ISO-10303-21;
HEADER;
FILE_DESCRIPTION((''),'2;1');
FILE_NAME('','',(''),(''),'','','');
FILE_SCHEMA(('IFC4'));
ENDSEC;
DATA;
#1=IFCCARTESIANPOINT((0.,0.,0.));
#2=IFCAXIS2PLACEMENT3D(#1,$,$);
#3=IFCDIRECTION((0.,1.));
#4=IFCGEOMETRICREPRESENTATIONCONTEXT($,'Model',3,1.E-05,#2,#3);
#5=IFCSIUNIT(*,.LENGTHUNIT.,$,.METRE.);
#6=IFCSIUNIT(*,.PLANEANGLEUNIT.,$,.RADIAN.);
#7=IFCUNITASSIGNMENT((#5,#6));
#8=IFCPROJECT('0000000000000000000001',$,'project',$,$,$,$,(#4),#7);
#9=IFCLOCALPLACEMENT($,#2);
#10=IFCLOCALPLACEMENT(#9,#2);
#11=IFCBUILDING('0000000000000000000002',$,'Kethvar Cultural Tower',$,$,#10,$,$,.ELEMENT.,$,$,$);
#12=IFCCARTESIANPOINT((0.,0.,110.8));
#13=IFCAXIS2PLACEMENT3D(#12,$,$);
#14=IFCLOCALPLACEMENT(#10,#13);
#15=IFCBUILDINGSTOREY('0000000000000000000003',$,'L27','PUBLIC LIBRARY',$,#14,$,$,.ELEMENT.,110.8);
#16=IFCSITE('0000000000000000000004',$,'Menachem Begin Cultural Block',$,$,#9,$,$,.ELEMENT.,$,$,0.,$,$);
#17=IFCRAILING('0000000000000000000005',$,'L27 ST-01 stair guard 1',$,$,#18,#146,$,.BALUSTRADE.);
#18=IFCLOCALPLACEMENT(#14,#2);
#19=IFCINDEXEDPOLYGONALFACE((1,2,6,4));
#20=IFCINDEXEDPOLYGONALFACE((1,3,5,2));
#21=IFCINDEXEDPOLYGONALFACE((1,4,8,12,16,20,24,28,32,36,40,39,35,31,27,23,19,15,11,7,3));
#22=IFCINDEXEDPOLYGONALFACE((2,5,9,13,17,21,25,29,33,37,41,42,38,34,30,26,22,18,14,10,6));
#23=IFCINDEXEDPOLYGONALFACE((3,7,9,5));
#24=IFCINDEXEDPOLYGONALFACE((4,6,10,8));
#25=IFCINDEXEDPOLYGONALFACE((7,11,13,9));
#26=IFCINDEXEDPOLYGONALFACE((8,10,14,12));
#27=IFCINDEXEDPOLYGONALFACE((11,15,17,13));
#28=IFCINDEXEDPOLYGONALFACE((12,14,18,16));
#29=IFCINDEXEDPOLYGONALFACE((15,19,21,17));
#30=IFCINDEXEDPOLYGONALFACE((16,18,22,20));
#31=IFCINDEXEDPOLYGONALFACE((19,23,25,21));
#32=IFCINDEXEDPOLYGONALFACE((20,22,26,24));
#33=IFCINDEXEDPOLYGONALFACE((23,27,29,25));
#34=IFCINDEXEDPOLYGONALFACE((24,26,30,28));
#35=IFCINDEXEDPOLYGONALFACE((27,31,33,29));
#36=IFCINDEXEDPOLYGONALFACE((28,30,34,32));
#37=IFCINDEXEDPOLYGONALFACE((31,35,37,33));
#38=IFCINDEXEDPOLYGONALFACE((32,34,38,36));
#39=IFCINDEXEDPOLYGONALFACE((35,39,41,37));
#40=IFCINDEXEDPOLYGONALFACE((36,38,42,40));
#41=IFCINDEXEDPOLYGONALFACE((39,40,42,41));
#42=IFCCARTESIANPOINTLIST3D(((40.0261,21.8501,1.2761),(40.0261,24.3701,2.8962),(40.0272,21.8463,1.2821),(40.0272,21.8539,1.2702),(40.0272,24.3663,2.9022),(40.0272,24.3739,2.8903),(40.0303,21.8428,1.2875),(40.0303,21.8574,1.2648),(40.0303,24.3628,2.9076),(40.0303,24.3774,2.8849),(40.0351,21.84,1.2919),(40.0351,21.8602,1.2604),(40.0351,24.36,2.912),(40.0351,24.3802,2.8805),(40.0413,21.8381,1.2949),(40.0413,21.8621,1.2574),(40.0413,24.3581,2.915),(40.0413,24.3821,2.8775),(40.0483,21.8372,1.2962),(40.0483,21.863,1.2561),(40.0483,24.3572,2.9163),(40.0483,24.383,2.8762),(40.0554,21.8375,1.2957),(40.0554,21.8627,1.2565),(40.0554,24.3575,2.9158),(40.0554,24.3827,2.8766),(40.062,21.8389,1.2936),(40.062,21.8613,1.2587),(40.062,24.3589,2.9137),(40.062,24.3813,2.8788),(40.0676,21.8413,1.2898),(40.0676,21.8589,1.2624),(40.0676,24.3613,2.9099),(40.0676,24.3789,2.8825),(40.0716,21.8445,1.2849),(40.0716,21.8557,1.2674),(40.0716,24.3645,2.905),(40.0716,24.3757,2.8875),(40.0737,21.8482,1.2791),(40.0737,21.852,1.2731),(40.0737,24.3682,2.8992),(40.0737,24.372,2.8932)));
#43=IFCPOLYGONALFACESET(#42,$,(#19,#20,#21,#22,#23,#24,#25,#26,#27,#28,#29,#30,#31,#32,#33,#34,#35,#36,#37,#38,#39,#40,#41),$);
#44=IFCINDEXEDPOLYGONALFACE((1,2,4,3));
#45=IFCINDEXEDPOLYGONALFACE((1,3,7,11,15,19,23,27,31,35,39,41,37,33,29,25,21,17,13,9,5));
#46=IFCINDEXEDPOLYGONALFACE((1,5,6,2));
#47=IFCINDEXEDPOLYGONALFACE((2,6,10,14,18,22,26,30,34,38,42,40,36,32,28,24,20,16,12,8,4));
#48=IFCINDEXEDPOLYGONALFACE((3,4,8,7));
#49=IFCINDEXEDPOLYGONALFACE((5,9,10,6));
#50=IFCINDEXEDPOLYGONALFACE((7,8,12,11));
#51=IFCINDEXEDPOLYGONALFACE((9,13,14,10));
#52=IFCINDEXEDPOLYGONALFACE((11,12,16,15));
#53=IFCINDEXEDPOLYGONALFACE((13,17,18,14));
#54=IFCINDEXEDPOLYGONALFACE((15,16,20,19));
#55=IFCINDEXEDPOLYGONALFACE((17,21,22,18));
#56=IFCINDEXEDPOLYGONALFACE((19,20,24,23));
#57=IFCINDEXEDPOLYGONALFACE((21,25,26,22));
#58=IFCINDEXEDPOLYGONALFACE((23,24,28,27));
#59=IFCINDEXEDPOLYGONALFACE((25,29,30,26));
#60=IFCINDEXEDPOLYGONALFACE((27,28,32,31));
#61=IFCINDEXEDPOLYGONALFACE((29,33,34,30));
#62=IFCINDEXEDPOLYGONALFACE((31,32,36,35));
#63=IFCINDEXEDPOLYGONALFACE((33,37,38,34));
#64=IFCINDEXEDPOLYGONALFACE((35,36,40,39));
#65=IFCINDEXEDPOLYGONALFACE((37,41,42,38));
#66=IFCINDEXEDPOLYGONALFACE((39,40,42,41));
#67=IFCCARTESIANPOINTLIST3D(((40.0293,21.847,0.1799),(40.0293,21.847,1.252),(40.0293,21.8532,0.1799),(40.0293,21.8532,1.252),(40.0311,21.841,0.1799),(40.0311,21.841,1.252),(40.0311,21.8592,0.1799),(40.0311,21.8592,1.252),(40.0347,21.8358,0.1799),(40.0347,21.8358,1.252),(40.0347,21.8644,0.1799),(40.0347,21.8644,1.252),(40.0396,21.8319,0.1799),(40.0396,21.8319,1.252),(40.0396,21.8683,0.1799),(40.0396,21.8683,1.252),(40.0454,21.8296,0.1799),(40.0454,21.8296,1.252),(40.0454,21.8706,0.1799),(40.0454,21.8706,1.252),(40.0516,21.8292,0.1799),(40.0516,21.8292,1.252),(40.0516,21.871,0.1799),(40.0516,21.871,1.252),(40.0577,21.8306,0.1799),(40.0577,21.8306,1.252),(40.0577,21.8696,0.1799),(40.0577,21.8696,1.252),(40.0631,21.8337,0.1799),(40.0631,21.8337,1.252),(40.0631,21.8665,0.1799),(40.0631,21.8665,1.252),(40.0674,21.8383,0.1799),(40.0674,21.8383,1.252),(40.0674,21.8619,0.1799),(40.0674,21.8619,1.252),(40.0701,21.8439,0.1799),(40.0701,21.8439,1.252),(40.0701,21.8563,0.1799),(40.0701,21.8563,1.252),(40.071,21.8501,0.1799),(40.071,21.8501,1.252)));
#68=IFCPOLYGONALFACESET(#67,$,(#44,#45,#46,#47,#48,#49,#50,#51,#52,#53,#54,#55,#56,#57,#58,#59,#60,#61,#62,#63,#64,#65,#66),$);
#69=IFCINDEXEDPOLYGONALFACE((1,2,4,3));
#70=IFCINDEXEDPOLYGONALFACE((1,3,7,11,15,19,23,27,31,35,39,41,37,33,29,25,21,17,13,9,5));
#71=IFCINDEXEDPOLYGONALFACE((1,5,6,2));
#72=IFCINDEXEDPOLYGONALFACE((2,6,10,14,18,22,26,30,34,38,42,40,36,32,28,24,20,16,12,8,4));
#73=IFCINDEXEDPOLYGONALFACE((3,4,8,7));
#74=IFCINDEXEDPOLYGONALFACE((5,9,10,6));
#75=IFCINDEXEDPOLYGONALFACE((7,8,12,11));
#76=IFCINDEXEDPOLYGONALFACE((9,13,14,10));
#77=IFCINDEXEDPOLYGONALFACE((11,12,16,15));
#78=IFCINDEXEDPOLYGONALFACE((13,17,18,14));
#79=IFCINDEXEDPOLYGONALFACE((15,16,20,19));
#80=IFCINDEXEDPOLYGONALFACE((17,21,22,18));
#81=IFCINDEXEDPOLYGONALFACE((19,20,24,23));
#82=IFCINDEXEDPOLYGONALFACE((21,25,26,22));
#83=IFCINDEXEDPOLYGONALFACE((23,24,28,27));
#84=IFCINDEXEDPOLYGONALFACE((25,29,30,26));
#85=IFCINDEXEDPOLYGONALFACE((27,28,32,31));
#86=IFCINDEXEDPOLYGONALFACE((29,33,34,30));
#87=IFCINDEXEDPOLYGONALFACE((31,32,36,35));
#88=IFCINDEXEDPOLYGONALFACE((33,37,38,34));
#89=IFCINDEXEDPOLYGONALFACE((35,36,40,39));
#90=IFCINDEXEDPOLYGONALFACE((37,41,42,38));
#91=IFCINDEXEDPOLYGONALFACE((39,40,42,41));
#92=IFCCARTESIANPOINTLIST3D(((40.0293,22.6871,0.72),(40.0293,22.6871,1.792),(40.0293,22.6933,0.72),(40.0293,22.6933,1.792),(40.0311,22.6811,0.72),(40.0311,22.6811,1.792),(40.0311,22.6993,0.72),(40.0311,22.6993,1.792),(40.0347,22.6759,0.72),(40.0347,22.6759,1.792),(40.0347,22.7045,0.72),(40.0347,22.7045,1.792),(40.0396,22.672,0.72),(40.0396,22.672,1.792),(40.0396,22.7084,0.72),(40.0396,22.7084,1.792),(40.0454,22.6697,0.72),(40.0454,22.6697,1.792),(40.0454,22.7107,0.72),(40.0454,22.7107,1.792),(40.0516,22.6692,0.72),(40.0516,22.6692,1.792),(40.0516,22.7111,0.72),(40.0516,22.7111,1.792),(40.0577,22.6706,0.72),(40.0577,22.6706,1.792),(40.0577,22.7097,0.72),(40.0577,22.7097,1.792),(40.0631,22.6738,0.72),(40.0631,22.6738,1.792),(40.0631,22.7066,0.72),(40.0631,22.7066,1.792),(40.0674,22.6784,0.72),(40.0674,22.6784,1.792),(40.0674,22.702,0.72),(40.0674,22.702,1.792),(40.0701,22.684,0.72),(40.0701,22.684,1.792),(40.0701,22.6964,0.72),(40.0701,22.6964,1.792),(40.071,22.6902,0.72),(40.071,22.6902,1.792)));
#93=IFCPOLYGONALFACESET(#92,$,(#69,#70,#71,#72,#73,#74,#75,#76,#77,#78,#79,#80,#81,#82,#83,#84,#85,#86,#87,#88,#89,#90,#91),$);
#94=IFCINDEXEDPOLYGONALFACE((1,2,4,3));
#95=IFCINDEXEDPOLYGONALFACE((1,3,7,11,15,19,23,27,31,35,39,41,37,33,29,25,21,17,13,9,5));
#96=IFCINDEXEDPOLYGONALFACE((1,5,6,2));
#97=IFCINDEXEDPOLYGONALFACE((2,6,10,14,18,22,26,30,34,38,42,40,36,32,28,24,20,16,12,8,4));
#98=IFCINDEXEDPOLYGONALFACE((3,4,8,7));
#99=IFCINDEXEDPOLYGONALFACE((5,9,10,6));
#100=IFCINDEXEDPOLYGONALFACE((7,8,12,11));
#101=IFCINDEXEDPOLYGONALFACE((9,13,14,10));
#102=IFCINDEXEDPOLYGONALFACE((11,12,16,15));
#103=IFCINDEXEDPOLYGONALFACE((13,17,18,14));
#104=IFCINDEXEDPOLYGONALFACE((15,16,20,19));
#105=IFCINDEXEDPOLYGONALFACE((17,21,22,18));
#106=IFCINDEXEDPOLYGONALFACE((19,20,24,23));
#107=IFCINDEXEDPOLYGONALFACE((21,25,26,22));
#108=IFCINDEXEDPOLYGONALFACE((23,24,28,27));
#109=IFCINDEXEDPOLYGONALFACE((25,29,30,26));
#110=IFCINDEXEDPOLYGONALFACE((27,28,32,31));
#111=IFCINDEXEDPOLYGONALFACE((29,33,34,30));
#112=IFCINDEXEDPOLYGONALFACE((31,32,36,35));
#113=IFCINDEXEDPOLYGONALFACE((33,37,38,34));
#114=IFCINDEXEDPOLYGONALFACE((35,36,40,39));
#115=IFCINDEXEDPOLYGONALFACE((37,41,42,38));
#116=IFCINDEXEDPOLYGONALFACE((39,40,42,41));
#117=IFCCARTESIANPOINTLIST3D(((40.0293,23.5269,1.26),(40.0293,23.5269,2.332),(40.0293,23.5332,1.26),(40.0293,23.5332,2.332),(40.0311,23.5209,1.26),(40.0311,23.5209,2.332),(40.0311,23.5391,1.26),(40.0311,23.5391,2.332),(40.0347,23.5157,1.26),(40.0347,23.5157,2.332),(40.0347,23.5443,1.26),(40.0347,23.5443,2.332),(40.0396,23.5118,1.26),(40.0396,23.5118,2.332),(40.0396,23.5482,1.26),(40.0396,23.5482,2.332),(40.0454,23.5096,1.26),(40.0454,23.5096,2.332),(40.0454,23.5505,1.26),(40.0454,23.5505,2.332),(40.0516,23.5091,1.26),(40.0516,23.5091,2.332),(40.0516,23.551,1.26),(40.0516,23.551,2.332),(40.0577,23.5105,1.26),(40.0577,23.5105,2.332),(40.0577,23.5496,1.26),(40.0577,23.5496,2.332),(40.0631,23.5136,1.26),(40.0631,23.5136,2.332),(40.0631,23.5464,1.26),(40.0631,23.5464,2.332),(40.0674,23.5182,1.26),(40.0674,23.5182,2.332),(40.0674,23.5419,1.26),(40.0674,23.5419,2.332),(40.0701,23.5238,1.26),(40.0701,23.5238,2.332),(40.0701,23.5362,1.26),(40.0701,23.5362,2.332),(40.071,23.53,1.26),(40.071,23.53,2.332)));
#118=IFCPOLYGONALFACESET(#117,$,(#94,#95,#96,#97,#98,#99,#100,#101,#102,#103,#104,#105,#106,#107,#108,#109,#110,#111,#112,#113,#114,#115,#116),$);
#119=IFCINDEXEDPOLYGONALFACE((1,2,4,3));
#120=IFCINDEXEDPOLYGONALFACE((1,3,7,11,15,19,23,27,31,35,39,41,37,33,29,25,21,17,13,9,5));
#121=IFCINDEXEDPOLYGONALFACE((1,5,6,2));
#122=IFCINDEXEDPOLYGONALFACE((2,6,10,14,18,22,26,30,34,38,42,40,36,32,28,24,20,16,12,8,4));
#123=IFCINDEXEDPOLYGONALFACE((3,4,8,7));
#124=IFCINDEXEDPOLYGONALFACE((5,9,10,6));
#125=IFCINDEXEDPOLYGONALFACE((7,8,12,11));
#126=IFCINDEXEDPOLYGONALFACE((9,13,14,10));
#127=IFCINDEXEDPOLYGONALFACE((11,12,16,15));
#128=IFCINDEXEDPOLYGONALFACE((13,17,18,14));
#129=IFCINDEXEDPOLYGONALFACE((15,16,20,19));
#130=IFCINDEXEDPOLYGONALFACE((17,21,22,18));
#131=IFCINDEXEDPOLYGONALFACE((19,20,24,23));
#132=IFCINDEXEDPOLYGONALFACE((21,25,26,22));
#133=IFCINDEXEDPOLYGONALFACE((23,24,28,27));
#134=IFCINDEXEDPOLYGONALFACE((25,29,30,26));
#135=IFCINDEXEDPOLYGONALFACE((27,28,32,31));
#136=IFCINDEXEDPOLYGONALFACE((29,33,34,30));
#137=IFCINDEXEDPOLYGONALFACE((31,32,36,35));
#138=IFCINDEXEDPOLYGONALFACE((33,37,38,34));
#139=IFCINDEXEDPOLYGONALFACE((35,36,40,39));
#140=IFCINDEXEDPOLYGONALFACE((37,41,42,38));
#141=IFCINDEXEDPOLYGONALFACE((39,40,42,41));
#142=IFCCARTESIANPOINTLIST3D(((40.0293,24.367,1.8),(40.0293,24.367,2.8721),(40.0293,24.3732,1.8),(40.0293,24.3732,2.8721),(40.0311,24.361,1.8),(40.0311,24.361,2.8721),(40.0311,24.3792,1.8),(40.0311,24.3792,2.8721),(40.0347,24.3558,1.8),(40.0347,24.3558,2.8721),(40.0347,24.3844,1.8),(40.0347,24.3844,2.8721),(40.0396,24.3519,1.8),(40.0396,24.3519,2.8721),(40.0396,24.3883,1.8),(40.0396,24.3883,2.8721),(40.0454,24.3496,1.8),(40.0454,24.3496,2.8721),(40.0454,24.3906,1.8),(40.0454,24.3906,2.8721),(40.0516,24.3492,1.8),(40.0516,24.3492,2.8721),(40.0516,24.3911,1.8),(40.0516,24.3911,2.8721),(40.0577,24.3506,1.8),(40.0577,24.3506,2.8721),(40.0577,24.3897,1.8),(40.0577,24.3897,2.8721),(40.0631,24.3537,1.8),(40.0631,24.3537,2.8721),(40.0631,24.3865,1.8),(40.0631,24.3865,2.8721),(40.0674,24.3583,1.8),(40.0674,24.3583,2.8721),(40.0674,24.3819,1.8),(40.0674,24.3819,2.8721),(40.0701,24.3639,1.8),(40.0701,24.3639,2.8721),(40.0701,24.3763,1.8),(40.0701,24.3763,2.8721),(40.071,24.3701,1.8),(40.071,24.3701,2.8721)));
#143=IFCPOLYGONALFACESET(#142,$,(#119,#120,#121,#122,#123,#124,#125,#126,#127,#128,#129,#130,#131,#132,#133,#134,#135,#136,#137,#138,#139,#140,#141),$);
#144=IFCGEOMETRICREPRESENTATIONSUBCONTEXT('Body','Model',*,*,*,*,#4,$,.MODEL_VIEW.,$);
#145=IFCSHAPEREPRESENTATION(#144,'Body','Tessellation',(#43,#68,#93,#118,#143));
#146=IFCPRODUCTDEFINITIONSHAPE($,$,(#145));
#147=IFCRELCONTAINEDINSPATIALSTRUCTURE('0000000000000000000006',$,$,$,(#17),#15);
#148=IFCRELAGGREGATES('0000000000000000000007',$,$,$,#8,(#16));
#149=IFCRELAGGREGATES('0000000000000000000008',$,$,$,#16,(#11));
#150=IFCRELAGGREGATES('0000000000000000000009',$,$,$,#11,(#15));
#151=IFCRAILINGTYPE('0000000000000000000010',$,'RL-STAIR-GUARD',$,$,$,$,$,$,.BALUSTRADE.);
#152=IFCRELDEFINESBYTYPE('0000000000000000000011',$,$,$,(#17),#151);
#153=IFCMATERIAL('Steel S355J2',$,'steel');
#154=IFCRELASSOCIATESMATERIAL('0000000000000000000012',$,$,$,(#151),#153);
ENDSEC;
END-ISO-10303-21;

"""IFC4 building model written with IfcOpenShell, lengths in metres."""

from ifc_helpers import new_model, si_unit, direction, frame, origin, origin_2d, place, context, subcontext, project, spatial, circle, extrude, material, type_object, element, save


model = new_model("IFC4")

# Units and contexts
model_context = context("Model", 3, precision=1e-05, world=origin(), true_north=direction((0.0, 1.0)))
body_context = subcontext(model_context, "Body", "Model", "MODEL_VIEW")
ifc_project = project(units=[si_unit("LENGTHUNIT", "METRE"), si_unit("PLANEANGLEUNIT", "RADIAN")], contexts=[model_context])

# Site, building, storey
site_placement = place(None, origin())
site = spatial("IfcSite", under=ifc_project, at=site_placement, Name="Menachem Begin Cultural Block", CompositionType="ELEMENT", RefElevation=0.0)
building_placement = place(site_placement, origin())
building = spatial("IfcBuilding", under=site, at=building_placement, Name="Kethvar Cultural Tower", CompositionType="ELEMENT")
storey_placement = place(building_placement, frame((0.0, 0.0, 110.8)))
storey = spatial("IfcBuildingStorey", under=building, at=storey_placement, Name="L27", Description="PUBLIC LIBRARY", CompositionType="ELEMENT", Elevation=110.8)

# Shared definitions
ifc_material_1 = material(Name="Steel S355J2", Category="steel")

# Railing
railing_type_1 = type_object("IfcRailingType", Name="RL-STAIR-GUARD", PredefinedType="BALUSTRADE", material=ifc_material_1)
railing_1_placement = place(storey_placement, frame((40.05, 21.8501, 0.1799)))
element("IfcRailing", 1, at=railing_1_placement, inside=storey, type_object=railing_type_1, Name="L27 ST-01 stair guard 1", PredefinedType="BALUSTRADE", context=body_context, shape_type="SweptSolid", body=[
    extrude(circle(Radius=0.0239, at=origin_2d()), frame((0.0, 0.0, 1.0962), z_axis=(0.0, 0.841163, 0.540782), x_axis=(-1.0, 0.0, 0.0)), (0.0, 0.0, 1.0), 2.9958),
    extrude(circle(Radius=0.021, at=origin_2d()), origin(), (0.0, 0.0, 1.0), 1.072),
    extrude(circle(Radius=0.021, at=origin_2d()), frame((0.0, 0.8401, 0.54)), (0.0, 0.0, 1.0), 1.072),
    extrude(circle(Radius=0.021, at=origin_2d()), frame((0.0, 1.6799, 1.0801)), (0.0, 0.0, 1.0), 1.072),
    extrude(circle(Radius=0.021, at=origin_2d()), frame((0.0, 2.52, 1.6201)), (0.0, 0.0, 1.0), 1.072),
])

save(model, "model.ifc")
